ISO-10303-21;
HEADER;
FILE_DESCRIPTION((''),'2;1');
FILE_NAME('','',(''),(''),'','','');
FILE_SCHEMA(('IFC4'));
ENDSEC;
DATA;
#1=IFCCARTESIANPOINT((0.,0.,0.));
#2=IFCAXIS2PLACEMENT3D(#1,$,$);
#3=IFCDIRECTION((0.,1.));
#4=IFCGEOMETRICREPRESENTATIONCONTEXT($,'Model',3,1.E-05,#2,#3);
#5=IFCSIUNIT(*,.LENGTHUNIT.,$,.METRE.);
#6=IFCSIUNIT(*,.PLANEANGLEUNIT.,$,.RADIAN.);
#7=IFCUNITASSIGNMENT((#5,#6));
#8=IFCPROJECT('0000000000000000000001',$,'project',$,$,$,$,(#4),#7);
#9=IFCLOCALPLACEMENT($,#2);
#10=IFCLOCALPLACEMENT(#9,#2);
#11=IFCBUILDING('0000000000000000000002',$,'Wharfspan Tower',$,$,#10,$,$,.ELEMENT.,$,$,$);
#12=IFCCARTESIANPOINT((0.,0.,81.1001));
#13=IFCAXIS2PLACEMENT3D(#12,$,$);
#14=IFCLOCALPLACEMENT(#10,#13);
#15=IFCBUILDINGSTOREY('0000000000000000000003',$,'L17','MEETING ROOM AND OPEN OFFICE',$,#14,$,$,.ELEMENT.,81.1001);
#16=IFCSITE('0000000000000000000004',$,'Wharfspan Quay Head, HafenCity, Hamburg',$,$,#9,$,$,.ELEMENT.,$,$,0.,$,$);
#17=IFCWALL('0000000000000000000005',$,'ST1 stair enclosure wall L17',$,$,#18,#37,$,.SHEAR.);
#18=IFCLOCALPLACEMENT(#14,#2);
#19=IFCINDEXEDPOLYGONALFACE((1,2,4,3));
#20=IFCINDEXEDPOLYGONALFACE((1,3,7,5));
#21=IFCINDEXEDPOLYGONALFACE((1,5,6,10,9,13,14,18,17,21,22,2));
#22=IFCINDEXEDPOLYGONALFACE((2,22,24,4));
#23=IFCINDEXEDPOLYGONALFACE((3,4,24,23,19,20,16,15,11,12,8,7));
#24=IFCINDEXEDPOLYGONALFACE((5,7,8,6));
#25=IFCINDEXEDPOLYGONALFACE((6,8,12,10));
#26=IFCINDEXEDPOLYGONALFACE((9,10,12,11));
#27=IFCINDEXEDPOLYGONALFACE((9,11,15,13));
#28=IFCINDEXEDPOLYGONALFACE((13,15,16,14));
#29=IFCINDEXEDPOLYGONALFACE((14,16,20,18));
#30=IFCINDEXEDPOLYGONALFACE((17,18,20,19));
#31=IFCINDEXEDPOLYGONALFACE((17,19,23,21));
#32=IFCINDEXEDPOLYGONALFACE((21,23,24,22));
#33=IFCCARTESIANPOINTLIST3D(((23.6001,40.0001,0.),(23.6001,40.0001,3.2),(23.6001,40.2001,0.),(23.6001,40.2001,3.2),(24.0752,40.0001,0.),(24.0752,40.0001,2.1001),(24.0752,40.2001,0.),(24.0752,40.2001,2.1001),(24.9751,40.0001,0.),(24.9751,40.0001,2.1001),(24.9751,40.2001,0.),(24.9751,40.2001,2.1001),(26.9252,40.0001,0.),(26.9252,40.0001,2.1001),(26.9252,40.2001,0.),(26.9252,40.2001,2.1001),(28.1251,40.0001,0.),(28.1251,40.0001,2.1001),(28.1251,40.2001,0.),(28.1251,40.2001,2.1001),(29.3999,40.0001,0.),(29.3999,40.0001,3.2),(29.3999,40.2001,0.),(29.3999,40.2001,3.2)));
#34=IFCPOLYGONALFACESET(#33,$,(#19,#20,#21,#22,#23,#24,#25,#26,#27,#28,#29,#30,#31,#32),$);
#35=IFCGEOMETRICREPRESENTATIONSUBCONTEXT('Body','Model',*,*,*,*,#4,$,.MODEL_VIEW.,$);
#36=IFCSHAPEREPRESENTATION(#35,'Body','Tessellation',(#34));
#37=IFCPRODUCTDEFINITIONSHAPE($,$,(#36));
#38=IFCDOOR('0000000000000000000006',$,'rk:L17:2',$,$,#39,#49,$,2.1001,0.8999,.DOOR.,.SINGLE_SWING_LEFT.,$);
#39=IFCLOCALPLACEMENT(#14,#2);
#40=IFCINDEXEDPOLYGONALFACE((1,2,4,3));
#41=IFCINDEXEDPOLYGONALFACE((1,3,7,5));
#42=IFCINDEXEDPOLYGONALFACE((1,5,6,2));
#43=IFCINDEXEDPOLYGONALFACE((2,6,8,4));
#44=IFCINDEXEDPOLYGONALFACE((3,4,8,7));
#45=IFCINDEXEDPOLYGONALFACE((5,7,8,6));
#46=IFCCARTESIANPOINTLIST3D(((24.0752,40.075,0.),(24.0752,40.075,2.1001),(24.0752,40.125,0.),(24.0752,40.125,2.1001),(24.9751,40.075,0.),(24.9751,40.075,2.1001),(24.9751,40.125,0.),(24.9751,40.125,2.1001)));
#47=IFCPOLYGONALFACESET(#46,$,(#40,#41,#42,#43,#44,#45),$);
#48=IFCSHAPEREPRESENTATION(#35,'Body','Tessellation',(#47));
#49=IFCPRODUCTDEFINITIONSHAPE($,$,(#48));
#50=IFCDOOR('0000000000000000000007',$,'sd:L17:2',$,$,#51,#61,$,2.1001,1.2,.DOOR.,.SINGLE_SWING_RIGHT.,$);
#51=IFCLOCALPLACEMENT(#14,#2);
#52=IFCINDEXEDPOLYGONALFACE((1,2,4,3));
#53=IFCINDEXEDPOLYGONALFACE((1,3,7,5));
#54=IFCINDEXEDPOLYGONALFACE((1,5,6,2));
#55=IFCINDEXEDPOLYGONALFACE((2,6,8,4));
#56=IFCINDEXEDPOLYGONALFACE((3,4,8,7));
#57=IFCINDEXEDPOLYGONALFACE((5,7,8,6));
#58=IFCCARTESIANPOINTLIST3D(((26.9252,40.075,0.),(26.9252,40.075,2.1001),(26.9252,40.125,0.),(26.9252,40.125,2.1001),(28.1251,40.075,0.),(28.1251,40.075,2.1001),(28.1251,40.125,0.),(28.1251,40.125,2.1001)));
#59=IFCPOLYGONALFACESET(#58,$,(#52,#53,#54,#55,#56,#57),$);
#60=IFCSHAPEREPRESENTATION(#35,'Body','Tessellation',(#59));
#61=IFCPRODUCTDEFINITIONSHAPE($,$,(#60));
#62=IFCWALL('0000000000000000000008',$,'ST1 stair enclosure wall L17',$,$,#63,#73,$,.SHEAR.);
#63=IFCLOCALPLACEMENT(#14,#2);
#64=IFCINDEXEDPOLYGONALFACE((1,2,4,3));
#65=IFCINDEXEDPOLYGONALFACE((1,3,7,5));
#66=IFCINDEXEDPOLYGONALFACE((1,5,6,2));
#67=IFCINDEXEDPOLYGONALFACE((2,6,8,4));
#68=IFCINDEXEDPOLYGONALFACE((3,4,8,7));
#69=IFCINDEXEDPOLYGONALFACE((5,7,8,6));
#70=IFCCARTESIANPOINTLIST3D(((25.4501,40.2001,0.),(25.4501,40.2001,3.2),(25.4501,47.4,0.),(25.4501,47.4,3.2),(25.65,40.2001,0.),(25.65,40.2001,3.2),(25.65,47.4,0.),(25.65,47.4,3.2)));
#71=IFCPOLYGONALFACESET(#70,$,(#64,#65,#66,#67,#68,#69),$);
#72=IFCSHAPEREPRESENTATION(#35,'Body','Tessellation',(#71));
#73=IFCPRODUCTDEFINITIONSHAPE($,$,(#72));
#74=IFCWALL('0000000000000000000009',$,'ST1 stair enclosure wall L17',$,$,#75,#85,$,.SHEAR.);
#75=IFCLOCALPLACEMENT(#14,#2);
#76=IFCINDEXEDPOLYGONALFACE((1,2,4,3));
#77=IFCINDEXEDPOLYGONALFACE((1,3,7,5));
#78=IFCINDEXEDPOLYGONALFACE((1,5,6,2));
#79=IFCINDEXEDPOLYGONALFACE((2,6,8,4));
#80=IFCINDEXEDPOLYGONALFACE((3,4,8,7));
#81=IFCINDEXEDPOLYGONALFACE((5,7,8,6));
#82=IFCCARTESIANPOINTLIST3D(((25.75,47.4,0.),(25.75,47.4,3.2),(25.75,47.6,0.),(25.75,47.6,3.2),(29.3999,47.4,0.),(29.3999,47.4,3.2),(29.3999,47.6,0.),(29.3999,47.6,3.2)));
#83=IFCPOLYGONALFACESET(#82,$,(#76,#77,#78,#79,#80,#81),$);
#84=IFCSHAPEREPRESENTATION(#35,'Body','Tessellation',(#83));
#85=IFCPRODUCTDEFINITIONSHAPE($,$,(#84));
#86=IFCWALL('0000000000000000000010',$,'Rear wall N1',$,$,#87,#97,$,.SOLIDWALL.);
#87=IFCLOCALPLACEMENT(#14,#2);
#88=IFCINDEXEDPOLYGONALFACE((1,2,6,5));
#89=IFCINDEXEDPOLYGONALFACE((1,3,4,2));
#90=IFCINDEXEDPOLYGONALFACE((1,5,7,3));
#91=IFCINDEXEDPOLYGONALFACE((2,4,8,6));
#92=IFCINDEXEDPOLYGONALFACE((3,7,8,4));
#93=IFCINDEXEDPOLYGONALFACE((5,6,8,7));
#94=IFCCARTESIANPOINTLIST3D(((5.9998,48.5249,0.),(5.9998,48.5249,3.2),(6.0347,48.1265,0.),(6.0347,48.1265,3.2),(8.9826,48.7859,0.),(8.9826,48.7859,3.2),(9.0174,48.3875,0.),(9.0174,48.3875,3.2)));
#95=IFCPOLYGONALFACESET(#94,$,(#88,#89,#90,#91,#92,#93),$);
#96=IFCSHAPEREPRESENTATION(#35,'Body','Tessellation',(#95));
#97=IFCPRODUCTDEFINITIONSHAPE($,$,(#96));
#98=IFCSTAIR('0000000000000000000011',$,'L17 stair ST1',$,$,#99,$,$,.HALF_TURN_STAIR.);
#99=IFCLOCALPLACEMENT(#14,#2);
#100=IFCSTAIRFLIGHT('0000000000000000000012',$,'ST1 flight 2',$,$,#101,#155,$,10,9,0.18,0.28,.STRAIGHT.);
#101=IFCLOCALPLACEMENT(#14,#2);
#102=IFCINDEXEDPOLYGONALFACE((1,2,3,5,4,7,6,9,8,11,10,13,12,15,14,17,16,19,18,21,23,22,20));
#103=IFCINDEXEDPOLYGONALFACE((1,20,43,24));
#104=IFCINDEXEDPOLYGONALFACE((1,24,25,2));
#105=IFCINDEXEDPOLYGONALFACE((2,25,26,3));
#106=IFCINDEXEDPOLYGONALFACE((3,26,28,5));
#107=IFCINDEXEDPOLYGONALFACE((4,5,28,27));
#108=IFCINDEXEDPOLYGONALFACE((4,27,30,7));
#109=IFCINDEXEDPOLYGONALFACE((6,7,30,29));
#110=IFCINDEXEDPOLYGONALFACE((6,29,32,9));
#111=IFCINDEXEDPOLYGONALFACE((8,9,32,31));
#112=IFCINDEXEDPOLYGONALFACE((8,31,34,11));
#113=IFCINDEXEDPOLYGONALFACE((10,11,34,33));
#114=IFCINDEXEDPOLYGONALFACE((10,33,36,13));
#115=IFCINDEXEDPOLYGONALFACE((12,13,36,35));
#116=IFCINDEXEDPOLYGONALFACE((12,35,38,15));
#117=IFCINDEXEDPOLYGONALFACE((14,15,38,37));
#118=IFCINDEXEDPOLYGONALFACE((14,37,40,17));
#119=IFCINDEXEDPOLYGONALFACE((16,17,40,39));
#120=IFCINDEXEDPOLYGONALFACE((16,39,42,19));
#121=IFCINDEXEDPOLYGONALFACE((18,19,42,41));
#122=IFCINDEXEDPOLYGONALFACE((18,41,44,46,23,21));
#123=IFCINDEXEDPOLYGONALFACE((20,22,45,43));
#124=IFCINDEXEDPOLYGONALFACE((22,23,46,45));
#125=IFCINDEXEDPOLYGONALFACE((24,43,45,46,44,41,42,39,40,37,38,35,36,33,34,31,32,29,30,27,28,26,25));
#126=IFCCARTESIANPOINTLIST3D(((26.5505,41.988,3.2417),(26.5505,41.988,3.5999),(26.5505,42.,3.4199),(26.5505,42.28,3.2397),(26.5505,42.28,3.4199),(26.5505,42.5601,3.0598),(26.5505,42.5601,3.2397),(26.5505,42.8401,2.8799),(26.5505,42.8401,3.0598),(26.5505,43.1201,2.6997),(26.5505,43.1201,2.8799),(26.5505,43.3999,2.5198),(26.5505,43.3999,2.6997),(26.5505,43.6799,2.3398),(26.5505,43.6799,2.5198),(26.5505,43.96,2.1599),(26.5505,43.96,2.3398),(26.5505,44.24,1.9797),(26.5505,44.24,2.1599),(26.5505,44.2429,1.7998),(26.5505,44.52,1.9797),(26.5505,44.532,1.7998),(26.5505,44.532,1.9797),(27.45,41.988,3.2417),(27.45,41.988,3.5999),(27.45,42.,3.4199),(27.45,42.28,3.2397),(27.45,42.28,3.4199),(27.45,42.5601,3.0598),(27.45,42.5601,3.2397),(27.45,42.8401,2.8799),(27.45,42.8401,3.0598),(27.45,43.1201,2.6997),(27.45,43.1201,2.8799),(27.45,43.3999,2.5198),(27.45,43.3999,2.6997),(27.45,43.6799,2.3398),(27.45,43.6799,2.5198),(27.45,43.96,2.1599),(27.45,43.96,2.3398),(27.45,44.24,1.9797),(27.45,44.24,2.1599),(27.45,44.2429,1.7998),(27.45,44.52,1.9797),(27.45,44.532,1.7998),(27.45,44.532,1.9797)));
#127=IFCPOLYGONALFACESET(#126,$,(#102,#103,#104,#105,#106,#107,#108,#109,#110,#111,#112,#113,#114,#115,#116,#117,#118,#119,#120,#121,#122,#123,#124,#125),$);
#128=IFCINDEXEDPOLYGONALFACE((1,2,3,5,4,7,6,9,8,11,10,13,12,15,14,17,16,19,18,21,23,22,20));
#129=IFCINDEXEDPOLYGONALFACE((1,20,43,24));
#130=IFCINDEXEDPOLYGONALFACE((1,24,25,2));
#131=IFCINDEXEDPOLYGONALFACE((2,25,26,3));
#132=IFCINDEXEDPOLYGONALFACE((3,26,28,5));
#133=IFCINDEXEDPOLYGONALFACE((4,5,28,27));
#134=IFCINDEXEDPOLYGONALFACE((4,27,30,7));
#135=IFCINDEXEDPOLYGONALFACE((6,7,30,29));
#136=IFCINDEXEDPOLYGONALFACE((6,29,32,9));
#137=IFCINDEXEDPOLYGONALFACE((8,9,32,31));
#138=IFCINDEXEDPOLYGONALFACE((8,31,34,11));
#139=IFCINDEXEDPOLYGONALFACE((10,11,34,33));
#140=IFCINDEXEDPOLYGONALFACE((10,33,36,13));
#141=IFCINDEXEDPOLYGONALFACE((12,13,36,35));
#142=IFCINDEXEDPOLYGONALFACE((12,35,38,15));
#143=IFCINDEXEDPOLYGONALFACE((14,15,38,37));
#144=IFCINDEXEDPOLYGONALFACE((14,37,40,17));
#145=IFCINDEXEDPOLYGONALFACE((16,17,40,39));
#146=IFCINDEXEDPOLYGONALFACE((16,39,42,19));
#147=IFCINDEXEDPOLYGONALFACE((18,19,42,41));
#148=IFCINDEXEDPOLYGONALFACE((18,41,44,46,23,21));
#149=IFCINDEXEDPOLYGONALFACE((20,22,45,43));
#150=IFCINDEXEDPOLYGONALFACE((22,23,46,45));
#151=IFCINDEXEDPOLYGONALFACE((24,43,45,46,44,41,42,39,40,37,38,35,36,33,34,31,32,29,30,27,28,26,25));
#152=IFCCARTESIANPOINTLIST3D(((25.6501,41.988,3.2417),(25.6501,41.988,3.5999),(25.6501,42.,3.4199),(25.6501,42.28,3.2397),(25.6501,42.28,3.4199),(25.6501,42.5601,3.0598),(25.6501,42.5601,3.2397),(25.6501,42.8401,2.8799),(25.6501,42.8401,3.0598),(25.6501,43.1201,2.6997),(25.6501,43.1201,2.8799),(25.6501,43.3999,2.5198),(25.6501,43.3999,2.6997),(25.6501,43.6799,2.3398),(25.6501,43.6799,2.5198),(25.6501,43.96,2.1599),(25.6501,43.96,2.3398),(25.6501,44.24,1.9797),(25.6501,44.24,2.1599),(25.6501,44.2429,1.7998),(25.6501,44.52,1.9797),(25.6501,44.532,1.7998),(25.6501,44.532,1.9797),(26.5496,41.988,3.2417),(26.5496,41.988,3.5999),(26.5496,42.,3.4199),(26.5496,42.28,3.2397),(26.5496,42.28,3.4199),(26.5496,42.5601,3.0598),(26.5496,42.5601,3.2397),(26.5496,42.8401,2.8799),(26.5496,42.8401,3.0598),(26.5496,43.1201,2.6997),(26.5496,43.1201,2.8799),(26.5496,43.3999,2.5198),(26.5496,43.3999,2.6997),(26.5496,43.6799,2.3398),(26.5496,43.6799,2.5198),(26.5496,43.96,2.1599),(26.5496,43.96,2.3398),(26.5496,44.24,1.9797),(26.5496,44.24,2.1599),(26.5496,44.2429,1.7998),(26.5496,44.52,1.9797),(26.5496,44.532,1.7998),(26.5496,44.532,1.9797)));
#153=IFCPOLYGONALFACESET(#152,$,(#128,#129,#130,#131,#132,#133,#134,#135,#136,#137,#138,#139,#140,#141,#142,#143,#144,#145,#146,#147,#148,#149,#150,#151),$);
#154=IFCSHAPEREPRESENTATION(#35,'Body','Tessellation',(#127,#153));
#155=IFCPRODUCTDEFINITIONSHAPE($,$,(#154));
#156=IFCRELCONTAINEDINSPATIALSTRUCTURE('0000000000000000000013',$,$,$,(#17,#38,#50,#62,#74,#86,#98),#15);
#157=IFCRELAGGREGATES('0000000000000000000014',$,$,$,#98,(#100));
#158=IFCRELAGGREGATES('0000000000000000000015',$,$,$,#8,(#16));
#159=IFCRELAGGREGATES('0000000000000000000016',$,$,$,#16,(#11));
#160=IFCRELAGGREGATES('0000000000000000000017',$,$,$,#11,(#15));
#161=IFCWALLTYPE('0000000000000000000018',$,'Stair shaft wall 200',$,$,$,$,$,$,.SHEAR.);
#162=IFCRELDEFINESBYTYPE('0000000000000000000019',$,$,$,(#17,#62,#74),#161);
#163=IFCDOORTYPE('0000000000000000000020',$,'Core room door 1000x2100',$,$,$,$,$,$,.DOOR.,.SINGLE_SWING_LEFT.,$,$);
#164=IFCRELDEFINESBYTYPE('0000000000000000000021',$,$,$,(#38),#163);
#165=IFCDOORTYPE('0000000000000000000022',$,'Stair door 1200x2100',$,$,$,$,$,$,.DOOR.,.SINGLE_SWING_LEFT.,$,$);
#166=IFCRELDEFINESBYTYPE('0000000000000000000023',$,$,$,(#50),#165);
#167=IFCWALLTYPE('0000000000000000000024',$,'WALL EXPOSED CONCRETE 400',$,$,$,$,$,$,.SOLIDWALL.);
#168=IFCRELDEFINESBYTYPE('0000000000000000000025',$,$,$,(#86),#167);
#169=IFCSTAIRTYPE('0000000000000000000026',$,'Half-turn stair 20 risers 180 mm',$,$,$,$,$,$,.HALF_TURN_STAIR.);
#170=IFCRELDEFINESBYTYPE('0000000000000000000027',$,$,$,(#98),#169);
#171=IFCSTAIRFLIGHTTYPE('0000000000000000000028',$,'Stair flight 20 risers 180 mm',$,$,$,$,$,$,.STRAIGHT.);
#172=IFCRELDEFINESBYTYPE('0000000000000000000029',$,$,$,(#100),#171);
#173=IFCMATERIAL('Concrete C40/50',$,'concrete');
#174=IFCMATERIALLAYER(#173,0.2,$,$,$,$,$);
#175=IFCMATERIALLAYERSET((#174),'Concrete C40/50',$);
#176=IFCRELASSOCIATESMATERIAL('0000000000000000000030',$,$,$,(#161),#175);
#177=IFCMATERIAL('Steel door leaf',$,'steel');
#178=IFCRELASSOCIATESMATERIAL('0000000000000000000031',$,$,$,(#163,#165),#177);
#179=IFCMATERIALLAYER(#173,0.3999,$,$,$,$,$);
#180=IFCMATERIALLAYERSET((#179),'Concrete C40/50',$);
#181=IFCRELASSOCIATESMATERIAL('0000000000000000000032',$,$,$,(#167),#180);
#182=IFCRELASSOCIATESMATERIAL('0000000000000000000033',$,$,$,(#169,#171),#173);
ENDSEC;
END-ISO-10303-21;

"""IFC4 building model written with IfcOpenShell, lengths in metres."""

from ifc_helpers import new_model, si_unit, direction, frame, frame_2d, origin, place, context, subcontext, project, spatial, polyline, rectangle, outline, extrude, material, layer, layer_set, type_object, element, fill, aggregate, save


model = new_model("IFC4")

# Units and contexts
model_context = context("Model", 3, precision=1e-05, world=origin(), true_north=direction((0.0, 1.0)))
body_context = subcontext(model_context, "Body", "Model", "MODEL_VIEW")
ifc_project = project(units=[si_unit("LENGTHUNIT", "METRE"), si_unit("PLANEANGLEUNIT", "RADIAN")], contexts=[model_context])

# Site, building, storey
site_placement = place(None, origin())
site = spatial("IfcSite", under=ifc_project, at=site_placement, Name="Wharfspan Quay Head, HafenCity, Hamburg", CompositionType="ELEMENT", RefElevation=0.0)
building_placement = place(site_placement, origin())
building = spatial("IfcBuilding", under=site, at=building_placement, Name="Wharfspan Tower", CompositionType="ELEMENT")
storey_placement = place(building_placement, frame((0.0, 0.0, 81.1001)))
storey = spatial("IfcBuildingStorey", under=building, at=storey_placement, Name="L17", Description="MEETING ROOM AND OPEN OFFICE", CompositionType="ELEMENT", Elevation=81.1001)

# Wall, openings, doors
ifc_material_1 = material(Name="Concrete C40/50", Category="concrete")
ifc_layer_1 = layer(ifc_material_1, 0.2)
ifc_layer_set_1 = layer_set([ifc_layer_1], Name="Concrete C40/50")
wall_type_1 = type_object("IfcWallType", Name="Stair shaft wall 200", PredefinedType="SHEAR", material=ifc_layer_set_1)
wall_1_placement = place(storey_placement, frame((23.6001, 40.1001, 0.0), z_axis=(0.0, 0.0, 1.0), x_axis=(1.0, 0.0, 0.0)))
wall_1 = element("IfcWall", 1, at=wall_1_placement, inside=storey, type_object=wall_type_1, Name="ST1 stair enclosure wall L17", PredefinedType="SHEAR", context=body_context, shape_type="SweptSolid", body=[
    extrude(rectangle(XDim=5.7998, YDim=0.2, at=frame_2d((2.8999, 0.0))), origin(), (0.0, 0.0, 1.0), 3.2),
])
opening_1_placement = place(wall_1_placement, frame((3.325, 0.0, 0.0)))
opening_1 = element("IfcOpeningElement", 2, at=opening_1_placement, cuts=wall_1, PredefinedType="OPENING", context=body_context, shape_type="SweptSolid", body=[
    extrude(rectangle(XDim=1.2, YDim=2.1001, at=frame_2d((0.6001, 1.05))), frame((0.0, 0.1099, 0.0), z_axis=(0.0, -1.0, 0.0), x_axis=(1.0, 0.0, 0.0)), (0.0, 0.0, 1.0), 0.22),
])
opening_2_placement = place(wall_1_placement, frame((0.4751, 0.0, 0.0)))
opening_2 = element("IfcOpeningElement", 3, at=opening_2_placement, cuts=wall_1, PredefinedType="OPENING", context=body_context, shape_type="SweptSolid", body=[
    extrude(rectangle(XDim=0.8999, YDim=2.1001, at=frame_2d((0.45, 1.05))), frame((0.0, 0.1099, 0.0), z_axis=(0.0, -1.0, 0.0), x_axis=(1.0, 0.0, 0.0)), (0.0, 0.0, 1.0), 0.22),
])
ifc_material_2 = material(Name="Steel door leaf", Category="steel")
door_type_1 = type_object("IfcDoorType", Name="Core room door 1000x2100", OperationType="SINGLE_SWING_LEFT", PredefinedType="DOOR", material=ifc_material_2)
door_1_placement = place(opening_2_placement, origin())
door_1 = element("IfcDoor", 4, at=door_1_placement, inside=storey, type_object=door_type_1, Name="rk:L17:2", OperationType="SINGLE_SWING_LEFT", OverallHeight=2.1001, OverallWidth=0.8999, PredefinedType="DOOR", context=body_context, shape_type="SweptSolid", body=[
    extrude(rectangle(XDim=0.8999, YDim=2.1001, at=frame_2d((0.45, 1.05))), frame((0.0, 0.0249, 0.0), z_axis=(0.0, -1.0, 0.0), x_axis=(1.0, 0.0, 0.0)), (0.0, 0.0, 1.0), 0.05),
])
fill(opening_2, door_1)
door_type_2 = type_object("IfcDoorType", Name="Stair door 1200x2100", OperationType="SINGLE_SWING_LEFT", PredefinedType="DOOR", material=ifc_material_2)
door_2_placement = place(opening_1_placement, origin())
door_2 = element("IfcDoor", 5, at=door_2_placement, inside=storey, type_object=door_type_2, Name="sd:L17:2", OperationType="SINGLE_SWING_RIGHT", OverallHeight=2.1001, OverallWidth=1.2, PredefinedType="DOOR", context=body_context, shape_type="SweptSolid", body=[
    extrude(rectangle(XDim=1.2, YDim=2.1001, at=frame_2d((0.6001, 1.05))), frame((0.0, 0.0249, 0.0), z_axis=(0.0, -1.0, 0.0), x_axis=(1.0, 0.0, 0.0)), (0.0, 0.0, 1.0), 0.05),
])
fill(opening_1, door_2)

# Walls
wall_2_placement = place(storey_placement, frame((25.55, 40.2, 0.0), z_axis=(0.0, 0.0, 1.0), x_axis=(0.0, 1.0, 0.0)))
element("IfcWall", 6, at=wall_2_placement, inside=storey, type_object=wall_type_1, Name="ST1 stair enclosure wall L17", PredefinedType="SHEAR", context=body_context, shape_type="SweptSolid", body=[
    extrude(rectangle(XDim=7.2, YDim=0.2, at=frame_2d((3.6001, 0.0))), origin(), (0.0, 0.0, 1.0), 3.2),
])
wall_3_placement = place(storey_placement, frame((25.75, 47.5, 0.0), z_axis=(0.0, 0.0, 1.0), x_axis=(1.0, 0.0, 0.0)))
element("IfcWall", 7, at=wall_3_placement, inside=storey, type_object=wall_type_1, Name="ST1 stair enclosure wall L17", PredefinedType="SHEAR", context=body_context, shape_type="SweptSolid", body=[
    extrude(rectangle(XDim=3.6499, YDim=0.2, at=frame_2d((1.825, 0.0))), origin(), (0.0, 0.0, 1.0), 3.2),
])
ifc_layer_2 = layer(ifc_material_1, 0.3999)
ifc_layer_set_2 = layer_set([ifc_layer_2], Name="Concrete C40/50")
wall_type_2 = type_object("IfcWallType", Name="WALL EXPOSED CONCRETE 400", PredefinedType="SOLIDWALL", material=ifc_layer_set_2)
wall_4_placement = place(storey_placement, frame((9.0, 48.5867, 0.0), z_axis=(0.0, 0.0, 1.0), x_axis=(-0.996194, -0.087168, 0.0)))
element("IfcWall", 8, at=wall_4_placement, inside=storey, type_object=wall_type_2, Name="Rear wall N1", PredefinedType="SOLIDWALL", context=body_context, shape_type="SweptSolid", body=[
    extrude(rectangle(XDim=2.9941, YDim=0.3999, at=frame_2d((1.4971, 0.0))), origin(), (0.0, 0.0, 1.0), 3.2),
])

# Stair, stair flight
stair_type = type_object("IfcStairType", Name="Half-turn stair 20 risers 180 mm", PredefinedType="HALF_TURN_STAIR", material=ifc_material_1)
stair_placement = place(storey_placement, origin())
stair = element("IfcStair", 9, at=stair_placement, inside=storey, type_object=stair_type, Name="L17 stair ST1", PredefinedType="HALF_TURN_STAIR")
stair_flight_type = type_object("IfcStairFlightType", Name="Stair flight 20 risers 180 mm", PredefinedType="STRAIGHT", material=ifc_material_1)
stair_flight_placement = place(storey_placement, frame((26.55, 44.52, 1.7998), z_axis=(0.0, 0.0, 1.0), x_axis=(0.0, -1.0, 0.0)))
stair_flight = element("IfcStairFlight", 10, at=stair_flight_placement, type_object=stair_flight_type, Name="ST1 flight 2", NumberOfRisers=10, NumberOfTreads=9, PredefinedType="STRAIGHT", RiserHeight=0.18, TreadLength=0.28, context=body_context, shape_type="SweptSolid", body=[
    extrude(outline(polyline([(-0.012, 0.0), (-0.012, 0.1799), (0.0, 0.1799), (0.28, 0.1799), (0.28, 0.3601), (0.5601, 0.3601), (0.5601, 0.54), (0.8401, 0.54), (0.8401, 0.72), (1.1201, 0.72), (1.1201, 0.8999), (1.3999, 0.8999), (1.3999, 1.0801), (1.6799, 1.0801), (1.6799, 1.26), (1.96, 1.26), (1.96, 1.4399), (2.24, 1.4399), (2.24, 1.6201), (2.52, 1.6201), (2.532, 1.8), (2.532, 1.4419), (0.2771, 0.0), (-0.012, 0.0)])), frame((0.0, 0.8999, 0.0), z_axis=(0.0, -1.0, 0.0), x_axis=(1.0, 0.0, 0.0)), (0.0, 0.0, 1.0), 0.8994),
    extrude(outline(polyline([(-0.012, 0.0), (-0.012, 0.1799), (0.0, 0.1799), (0.28, 0.1799), (0.28, 0.3601), (0.5601, 0.3601), (0.5601, 0.54), (0.8401, 0.54), (0.8401, 0.72), (1.1201, 0.72), (1.1201, 0.8999), (1.3999, 0.8999), (1.3999, 1.0801), (1.6799, 1.0801), (1.6799, 1.26), (1.96, 1.26), (1.96, 1.4399), (2.24, 1.4399), (2.24, 1.6201), (2.52, 1.6201), (2.532, 1.8), (2.532, 1.4419), (0.2771, 0.0), (-0.012, 0.0)])), frame((0.0, -0.0005, 0.0), z_axis=(0.0, -1.0, 0.0), x_axis=(1.0, 0.0, 0.0)), (0.0, 0.0, 1.0), 0.8994),
])
aggregate(stair, [stair_flight])

save(model, "model.ifc")
